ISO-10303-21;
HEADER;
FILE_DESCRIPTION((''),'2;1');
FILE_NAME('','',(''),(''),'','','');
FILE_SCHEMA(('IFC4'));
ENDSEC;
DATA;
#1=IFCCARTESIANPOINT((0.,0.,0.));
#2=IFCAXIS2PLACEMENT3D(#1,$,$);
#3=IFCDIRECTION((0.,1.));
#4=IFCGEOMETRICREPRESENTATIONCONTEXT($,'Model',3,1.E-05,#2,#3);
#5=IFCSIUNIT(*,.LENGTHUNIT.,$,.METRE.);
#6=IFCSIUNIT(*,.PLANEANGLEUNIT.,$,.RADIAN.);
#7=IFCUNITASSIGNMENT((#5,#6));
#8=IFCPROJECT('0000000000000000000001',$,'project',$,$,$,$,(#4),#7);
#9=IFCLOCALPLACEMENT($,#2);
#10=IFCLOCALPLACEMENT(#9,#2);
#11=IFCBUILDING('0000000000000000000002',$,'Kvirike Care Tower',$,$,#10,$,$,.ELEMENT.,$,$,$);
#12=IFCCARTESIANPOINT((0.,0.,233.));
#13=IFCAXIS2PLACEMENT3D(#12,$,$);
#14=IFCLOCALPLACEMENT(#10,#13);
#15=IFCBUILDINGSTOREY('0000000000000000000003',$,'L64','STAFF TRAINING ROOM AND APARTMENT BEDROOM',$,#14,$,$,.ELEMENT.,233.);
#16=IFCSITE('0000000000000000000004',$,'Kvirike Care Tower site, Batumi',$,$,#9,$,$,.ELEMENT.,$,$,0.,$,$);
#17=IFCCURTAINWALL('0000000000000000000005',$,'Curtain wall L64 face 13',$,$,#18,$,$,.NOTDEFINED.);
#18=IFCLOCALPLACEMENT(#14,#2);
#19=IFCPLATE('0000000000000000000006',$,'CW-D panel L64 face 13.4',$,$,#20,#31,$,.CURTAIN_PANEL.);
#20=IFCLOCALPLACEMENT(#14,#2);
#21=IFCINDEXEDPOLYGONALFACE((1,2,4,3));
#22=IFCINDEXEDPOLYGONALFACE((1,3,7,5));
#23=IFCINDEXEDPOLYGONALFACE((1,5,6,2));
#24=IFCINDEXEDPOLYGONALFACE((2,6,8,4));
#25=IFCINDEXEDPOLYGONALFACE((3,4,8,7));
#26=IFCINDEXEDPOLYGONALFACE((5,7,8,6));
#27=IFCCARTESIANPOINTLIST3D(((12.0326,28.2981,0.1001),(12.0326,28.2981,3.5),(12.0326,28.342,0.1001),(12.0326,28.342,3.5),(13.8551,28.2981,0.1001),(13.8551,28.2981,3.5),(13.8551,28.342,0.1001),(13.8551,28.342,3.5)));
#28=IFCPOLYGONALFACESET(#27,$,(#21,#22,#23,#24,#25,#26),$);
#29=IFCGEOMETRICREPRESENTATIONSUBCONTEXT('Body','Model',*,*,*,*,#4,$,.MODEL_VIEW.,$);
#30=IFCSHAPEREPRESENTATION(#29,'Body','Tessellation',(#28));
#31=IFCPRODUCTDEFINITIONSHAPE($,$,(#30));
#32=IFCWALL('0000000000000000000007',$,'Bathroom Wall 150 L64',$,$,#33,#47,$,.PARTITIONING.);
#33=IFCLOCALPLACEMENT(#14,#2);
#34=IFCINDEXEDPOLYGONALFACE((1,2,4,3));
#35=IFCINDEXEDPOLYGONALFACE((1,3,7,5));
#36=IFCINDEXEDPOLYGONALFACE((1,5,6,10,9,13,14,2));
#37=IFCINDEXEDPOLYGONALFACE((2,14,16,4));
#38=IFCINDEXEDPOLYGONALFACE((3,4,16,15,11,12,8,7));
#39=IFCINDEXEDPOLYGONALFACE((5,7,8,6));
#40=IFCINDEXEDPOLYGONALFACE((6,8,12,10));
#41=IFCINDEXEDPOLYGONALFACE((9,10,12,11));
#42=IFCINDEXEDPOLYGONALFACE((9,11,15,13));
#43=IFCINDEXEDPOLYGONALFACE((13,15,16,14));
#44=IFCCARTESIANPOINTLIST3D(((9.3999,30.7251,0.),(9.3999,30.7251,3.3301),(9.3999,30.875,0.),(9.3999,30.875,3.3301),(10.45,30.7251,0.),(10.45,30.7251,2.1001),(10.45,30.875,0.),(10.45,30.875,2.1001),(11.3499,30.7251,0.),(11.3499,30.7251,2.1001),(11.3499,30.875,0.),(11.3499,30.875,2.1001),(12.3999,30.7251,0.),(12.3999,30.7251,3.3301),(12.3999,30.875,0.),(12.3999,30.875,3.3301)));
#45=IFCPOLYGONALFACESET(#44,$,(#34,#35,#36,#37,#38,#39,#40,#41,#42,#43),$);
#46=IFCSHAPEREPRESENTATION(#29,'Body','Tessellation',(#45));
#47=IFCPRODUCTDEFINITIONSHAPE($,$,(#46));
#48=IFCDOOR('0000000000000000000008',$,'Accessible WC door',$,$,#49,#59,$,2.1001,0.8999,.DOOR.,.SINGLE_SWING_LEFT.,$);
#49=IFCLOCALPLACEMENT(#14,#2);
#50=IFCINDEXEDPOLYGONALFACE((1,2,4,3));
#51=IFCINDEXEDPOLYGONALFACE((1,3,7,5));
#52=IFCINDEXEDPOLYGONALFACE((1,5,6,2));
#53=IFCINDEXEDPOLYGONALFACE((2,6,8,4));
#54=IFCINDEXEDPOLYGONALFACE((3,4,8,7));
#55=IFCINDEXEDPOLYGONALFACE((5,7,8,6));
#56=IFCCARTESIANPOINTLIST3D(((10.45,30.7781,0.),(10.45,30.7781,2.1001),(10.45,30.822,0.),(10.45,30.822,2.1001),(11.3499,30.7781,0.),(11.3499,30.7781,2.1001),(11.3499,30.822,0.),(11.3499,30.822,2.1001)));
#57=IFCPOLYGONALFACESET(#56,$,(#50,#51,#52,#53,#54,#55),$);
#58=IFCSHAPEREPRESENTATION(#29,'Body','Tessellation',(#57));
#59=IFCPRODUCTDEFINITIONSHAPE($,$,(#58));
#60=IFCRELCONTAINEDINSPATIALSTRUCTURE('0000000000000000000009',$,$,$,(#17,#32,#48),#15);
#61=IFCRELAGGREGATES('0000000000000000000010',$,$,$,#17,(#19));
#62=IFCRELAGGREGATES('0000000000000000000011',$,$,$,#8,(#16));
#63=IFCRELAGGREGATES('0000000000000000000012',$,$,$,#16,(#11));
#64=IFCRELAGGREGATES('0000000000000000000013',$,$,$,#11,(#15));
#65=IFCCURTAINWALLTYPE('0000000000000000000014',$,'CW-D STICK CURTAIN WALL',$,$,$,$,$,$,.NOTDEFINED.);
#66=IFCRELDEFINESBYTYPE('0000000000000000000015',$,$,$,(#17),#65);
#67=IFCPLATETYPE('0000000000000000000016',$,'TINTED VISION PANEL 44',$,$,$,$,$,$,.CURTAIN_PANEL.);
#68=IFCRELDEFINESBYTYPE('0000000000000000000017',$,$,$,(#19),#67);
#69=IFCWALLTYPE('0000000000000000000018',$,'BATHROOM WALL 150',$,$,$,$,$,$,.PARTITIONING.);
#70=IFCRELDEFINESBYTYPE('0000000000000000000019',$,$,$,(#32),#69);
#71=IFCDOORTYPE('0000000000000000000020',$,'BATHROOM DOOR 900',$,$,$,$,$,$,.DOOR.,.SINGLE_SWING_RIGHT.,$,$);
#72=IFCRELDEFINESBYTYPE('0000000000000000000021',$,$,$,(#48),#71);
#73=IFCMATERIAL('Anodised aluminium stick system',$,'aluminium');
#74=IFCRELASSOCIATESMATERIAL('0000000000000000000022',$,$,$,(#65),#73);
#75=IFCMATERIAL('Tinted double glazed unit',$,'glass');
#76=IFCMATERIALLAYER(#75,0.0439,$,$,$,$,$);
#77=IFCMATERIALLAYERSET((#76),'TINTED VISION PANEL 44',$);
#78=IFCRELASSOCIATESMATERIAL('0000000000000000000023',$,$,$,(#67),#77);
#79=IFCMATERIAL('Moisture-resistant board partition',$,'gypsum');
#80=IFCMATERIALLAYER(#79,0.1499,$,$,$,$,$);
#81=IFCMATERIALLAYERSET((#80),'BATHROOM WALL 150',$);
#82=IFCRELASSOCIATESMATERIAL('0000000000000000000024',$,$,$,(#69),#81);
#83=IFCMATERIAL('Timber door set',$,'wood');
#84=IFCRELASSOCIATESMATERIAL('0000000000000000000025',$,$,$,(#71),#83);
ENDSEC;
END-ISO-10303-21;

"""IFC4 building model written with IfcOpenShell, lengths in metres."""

from ifc_helpers import new_model, si_unit, direction, frame, frame_2d, origin, origin_2d, place, context, subcontext, project, spatial, rectangle, extrude, material, layer, layer_set, type_object, element, fill, aggregate, save


model = new_model("IFC4")

# Units and contexts
model_context = context("Model", 3, precision=1e-05, world=origin(), true_north=direction((0.0, 1.0)))
body_context = subcontext(model_context, "Body", "Model", "MODEL_VIEW")
ifc_project = project(units=[si_unit("LENGTHUNIT", "METRE"), si_unit("PLANEANGLEUNIT", "RADIAN")], contexts=[model_context])

# Site, building, storey
site_placement = place(None, origin())
site = spatial("IfcSite", under=ifc_project, at=site_placement, Name="Kvirike Care Tower site, Batumi", CompositionType="ELEMENT", RefElevation=0.0)
building_placement = place(site_placement, origin())
building = spatial("IfcBuilding", under=site, at=building_placement, Name="Kvirike Care Tower", CompositionType="ELEMENT")
storey_placement = place(building_placement, frame((0.0, 0.0, 233.0)))
storey = spatial("IfcBuildingStorey", under=building, at=storey_placement, Name="L64", Description="STAFF TRAINING ROOM AND APARTMENT BEDROOM", CompositionType="ELEMENT", Elevation=233.0)

# Curtain wall
ifc_material_1 = material(Name="Anodised aluminium stick system", Category="aluminium")
curtain_wall_type = type_object("IfcCurtainWallType", Name="CW-D STICK CURTAIN WALL", PredefinedType="NOTDEFINED", material=ifc_material_1)
curtain_wall_1_placement = place(storey_placement, origin())
curtain_wall_1 = element("IfcCurtainWall", 1, at=curtain_wall_1_placement, inside=storey, type_object=curtain_wall_type, Name="Curtain wall L64 face 13", PredefinedType="NOTDEFINED")

# Plate
ifc_material_2 = material(Name="Tinted double glazed unit", Category="glass")
ifc_layer_1 = layer(ifc_material_2, 0.0439)
ifc_layer_set_1 = layer_set([ifc_layer_1], Name="TINTED VISION PANEL 44")
plate_type = type_object("IfcPlateType", Name="TINTED VISION PANEL 44", PredefinedType="CURTAIN_PANEL", material=ifc_layer_set_1)
plate_1_placement = place(storey_placement, frame((12.9438, 28.3201, 0.1001), z_axis=(0.0, 0.0, 1.0), x_axis=(1.0, 0.0, 0.0)))
plate_1 = element("IfcPlate", 2, at=plate_1_placement, type_object=plate_type, Name="CW-D panel L64 face 13.4", PredefinedType="CURTAIN_PANEL", context=body_context, shape_type="SweptSolid", body=[
    extrude(rectangle(XDim=1.8225, YDim=0.0439, at=origin_2d()), origin(), (0.0, 0.0, 1.0), 3.3999),
])
aggregate(curtain_wall_1, [plate_1])

# Wall, opening, door
ifc_material_3 = material(Name="Moisture-resistant board partition", Category="gypsum")
ifc_layer_2 = layer(ifc_material_3, 0.1499)
ifc_layer_set_2 = layer_set([ifc_layer_2], Name="BATHROOM WALL 150")
wall_type = type_object("IfcWallType", Name="BATHROOM WALL 150", PredefinedType="PARTITIONING", material=ifc_layer_set_2)
wall_placement = place(storey_placement, frame((9.3999, 30.8, 0.0), z_axis=(0.0, 0.0, 1.0), x_axis=(1.0, 0.0, 0.0)))
wall = element("IfcWall", 3, at=wall_placement, inside=storey, type_object=wall_type, Name="Bathroom Wall 150 L64", PredefinedType="PARTITIONING", context=body_context, shape_type="SweptSolid", body=[
    extrude(rectangle(XDim=3.0, YDim=0.1499, at=frame_2d((1.5, 0.0))), origin(), (0.0, 0.0, 1.0), 3.3301),
])
opening_placement = place(wall_placement, frame((1.05, 0.0, 0.0)))
opening = element("IfcOpeningElement", 4, at=opening_placement, cuts=wall, PredefinedType="OPENING", context=body_context, shape_type="SweptSolid", body=[
    extrude(rectangle(XDim=0.8999, YDim=2.1001, at=frame_2d((0.45, 1.05))), frame((0.0, 0.0854, 0.0), z_axis=(0.0, -1.0, 0.0), x_axis=(1.0, 0.0, 0.0)), (0.0, 0.0, 1.0), 0.1709),
])
ifc_material_4 = material(Name="Timber door set", Category="wood")
door_type = type_object("IfcDoorType", Name="BATHROOM DOOR 900", OperationType="SINGLE_SWING_RIGHT", PredefinedType="DOOR", material=ifc_material_4)
door_placement = place(opening_placement, frame((0.8999, 0.0, 0.0), z_axis=(0.0, 0.0, 1.0), x_axis=(-1.0, 0.0, 0.0)))
door = element("IfcDoor", 5, at=door_placement, inside=storey, type_object=door_type, Name="Accessible WC door", OperationType="SINGLE_SWING_LEFT", OverallHeight=2.1001, OverallWidth=0.8999, PredefinedType="DOOR", context=body_context, shape_type="SweptSolid", body=[
    extrude(rectangle(XDim=0.8999, YDim=2.1001, at=frame_2d((0.45, 1.05))), frame((0.0, 0.022, 0.0), z_axis=(0.0, -1.0, 0.0), x_axis=(1.0, 0.0, 0.0)), (0.0, 0.0, 1.0), 0.0439),
])
fill(opening, door)

save(model, "model.ifc")
